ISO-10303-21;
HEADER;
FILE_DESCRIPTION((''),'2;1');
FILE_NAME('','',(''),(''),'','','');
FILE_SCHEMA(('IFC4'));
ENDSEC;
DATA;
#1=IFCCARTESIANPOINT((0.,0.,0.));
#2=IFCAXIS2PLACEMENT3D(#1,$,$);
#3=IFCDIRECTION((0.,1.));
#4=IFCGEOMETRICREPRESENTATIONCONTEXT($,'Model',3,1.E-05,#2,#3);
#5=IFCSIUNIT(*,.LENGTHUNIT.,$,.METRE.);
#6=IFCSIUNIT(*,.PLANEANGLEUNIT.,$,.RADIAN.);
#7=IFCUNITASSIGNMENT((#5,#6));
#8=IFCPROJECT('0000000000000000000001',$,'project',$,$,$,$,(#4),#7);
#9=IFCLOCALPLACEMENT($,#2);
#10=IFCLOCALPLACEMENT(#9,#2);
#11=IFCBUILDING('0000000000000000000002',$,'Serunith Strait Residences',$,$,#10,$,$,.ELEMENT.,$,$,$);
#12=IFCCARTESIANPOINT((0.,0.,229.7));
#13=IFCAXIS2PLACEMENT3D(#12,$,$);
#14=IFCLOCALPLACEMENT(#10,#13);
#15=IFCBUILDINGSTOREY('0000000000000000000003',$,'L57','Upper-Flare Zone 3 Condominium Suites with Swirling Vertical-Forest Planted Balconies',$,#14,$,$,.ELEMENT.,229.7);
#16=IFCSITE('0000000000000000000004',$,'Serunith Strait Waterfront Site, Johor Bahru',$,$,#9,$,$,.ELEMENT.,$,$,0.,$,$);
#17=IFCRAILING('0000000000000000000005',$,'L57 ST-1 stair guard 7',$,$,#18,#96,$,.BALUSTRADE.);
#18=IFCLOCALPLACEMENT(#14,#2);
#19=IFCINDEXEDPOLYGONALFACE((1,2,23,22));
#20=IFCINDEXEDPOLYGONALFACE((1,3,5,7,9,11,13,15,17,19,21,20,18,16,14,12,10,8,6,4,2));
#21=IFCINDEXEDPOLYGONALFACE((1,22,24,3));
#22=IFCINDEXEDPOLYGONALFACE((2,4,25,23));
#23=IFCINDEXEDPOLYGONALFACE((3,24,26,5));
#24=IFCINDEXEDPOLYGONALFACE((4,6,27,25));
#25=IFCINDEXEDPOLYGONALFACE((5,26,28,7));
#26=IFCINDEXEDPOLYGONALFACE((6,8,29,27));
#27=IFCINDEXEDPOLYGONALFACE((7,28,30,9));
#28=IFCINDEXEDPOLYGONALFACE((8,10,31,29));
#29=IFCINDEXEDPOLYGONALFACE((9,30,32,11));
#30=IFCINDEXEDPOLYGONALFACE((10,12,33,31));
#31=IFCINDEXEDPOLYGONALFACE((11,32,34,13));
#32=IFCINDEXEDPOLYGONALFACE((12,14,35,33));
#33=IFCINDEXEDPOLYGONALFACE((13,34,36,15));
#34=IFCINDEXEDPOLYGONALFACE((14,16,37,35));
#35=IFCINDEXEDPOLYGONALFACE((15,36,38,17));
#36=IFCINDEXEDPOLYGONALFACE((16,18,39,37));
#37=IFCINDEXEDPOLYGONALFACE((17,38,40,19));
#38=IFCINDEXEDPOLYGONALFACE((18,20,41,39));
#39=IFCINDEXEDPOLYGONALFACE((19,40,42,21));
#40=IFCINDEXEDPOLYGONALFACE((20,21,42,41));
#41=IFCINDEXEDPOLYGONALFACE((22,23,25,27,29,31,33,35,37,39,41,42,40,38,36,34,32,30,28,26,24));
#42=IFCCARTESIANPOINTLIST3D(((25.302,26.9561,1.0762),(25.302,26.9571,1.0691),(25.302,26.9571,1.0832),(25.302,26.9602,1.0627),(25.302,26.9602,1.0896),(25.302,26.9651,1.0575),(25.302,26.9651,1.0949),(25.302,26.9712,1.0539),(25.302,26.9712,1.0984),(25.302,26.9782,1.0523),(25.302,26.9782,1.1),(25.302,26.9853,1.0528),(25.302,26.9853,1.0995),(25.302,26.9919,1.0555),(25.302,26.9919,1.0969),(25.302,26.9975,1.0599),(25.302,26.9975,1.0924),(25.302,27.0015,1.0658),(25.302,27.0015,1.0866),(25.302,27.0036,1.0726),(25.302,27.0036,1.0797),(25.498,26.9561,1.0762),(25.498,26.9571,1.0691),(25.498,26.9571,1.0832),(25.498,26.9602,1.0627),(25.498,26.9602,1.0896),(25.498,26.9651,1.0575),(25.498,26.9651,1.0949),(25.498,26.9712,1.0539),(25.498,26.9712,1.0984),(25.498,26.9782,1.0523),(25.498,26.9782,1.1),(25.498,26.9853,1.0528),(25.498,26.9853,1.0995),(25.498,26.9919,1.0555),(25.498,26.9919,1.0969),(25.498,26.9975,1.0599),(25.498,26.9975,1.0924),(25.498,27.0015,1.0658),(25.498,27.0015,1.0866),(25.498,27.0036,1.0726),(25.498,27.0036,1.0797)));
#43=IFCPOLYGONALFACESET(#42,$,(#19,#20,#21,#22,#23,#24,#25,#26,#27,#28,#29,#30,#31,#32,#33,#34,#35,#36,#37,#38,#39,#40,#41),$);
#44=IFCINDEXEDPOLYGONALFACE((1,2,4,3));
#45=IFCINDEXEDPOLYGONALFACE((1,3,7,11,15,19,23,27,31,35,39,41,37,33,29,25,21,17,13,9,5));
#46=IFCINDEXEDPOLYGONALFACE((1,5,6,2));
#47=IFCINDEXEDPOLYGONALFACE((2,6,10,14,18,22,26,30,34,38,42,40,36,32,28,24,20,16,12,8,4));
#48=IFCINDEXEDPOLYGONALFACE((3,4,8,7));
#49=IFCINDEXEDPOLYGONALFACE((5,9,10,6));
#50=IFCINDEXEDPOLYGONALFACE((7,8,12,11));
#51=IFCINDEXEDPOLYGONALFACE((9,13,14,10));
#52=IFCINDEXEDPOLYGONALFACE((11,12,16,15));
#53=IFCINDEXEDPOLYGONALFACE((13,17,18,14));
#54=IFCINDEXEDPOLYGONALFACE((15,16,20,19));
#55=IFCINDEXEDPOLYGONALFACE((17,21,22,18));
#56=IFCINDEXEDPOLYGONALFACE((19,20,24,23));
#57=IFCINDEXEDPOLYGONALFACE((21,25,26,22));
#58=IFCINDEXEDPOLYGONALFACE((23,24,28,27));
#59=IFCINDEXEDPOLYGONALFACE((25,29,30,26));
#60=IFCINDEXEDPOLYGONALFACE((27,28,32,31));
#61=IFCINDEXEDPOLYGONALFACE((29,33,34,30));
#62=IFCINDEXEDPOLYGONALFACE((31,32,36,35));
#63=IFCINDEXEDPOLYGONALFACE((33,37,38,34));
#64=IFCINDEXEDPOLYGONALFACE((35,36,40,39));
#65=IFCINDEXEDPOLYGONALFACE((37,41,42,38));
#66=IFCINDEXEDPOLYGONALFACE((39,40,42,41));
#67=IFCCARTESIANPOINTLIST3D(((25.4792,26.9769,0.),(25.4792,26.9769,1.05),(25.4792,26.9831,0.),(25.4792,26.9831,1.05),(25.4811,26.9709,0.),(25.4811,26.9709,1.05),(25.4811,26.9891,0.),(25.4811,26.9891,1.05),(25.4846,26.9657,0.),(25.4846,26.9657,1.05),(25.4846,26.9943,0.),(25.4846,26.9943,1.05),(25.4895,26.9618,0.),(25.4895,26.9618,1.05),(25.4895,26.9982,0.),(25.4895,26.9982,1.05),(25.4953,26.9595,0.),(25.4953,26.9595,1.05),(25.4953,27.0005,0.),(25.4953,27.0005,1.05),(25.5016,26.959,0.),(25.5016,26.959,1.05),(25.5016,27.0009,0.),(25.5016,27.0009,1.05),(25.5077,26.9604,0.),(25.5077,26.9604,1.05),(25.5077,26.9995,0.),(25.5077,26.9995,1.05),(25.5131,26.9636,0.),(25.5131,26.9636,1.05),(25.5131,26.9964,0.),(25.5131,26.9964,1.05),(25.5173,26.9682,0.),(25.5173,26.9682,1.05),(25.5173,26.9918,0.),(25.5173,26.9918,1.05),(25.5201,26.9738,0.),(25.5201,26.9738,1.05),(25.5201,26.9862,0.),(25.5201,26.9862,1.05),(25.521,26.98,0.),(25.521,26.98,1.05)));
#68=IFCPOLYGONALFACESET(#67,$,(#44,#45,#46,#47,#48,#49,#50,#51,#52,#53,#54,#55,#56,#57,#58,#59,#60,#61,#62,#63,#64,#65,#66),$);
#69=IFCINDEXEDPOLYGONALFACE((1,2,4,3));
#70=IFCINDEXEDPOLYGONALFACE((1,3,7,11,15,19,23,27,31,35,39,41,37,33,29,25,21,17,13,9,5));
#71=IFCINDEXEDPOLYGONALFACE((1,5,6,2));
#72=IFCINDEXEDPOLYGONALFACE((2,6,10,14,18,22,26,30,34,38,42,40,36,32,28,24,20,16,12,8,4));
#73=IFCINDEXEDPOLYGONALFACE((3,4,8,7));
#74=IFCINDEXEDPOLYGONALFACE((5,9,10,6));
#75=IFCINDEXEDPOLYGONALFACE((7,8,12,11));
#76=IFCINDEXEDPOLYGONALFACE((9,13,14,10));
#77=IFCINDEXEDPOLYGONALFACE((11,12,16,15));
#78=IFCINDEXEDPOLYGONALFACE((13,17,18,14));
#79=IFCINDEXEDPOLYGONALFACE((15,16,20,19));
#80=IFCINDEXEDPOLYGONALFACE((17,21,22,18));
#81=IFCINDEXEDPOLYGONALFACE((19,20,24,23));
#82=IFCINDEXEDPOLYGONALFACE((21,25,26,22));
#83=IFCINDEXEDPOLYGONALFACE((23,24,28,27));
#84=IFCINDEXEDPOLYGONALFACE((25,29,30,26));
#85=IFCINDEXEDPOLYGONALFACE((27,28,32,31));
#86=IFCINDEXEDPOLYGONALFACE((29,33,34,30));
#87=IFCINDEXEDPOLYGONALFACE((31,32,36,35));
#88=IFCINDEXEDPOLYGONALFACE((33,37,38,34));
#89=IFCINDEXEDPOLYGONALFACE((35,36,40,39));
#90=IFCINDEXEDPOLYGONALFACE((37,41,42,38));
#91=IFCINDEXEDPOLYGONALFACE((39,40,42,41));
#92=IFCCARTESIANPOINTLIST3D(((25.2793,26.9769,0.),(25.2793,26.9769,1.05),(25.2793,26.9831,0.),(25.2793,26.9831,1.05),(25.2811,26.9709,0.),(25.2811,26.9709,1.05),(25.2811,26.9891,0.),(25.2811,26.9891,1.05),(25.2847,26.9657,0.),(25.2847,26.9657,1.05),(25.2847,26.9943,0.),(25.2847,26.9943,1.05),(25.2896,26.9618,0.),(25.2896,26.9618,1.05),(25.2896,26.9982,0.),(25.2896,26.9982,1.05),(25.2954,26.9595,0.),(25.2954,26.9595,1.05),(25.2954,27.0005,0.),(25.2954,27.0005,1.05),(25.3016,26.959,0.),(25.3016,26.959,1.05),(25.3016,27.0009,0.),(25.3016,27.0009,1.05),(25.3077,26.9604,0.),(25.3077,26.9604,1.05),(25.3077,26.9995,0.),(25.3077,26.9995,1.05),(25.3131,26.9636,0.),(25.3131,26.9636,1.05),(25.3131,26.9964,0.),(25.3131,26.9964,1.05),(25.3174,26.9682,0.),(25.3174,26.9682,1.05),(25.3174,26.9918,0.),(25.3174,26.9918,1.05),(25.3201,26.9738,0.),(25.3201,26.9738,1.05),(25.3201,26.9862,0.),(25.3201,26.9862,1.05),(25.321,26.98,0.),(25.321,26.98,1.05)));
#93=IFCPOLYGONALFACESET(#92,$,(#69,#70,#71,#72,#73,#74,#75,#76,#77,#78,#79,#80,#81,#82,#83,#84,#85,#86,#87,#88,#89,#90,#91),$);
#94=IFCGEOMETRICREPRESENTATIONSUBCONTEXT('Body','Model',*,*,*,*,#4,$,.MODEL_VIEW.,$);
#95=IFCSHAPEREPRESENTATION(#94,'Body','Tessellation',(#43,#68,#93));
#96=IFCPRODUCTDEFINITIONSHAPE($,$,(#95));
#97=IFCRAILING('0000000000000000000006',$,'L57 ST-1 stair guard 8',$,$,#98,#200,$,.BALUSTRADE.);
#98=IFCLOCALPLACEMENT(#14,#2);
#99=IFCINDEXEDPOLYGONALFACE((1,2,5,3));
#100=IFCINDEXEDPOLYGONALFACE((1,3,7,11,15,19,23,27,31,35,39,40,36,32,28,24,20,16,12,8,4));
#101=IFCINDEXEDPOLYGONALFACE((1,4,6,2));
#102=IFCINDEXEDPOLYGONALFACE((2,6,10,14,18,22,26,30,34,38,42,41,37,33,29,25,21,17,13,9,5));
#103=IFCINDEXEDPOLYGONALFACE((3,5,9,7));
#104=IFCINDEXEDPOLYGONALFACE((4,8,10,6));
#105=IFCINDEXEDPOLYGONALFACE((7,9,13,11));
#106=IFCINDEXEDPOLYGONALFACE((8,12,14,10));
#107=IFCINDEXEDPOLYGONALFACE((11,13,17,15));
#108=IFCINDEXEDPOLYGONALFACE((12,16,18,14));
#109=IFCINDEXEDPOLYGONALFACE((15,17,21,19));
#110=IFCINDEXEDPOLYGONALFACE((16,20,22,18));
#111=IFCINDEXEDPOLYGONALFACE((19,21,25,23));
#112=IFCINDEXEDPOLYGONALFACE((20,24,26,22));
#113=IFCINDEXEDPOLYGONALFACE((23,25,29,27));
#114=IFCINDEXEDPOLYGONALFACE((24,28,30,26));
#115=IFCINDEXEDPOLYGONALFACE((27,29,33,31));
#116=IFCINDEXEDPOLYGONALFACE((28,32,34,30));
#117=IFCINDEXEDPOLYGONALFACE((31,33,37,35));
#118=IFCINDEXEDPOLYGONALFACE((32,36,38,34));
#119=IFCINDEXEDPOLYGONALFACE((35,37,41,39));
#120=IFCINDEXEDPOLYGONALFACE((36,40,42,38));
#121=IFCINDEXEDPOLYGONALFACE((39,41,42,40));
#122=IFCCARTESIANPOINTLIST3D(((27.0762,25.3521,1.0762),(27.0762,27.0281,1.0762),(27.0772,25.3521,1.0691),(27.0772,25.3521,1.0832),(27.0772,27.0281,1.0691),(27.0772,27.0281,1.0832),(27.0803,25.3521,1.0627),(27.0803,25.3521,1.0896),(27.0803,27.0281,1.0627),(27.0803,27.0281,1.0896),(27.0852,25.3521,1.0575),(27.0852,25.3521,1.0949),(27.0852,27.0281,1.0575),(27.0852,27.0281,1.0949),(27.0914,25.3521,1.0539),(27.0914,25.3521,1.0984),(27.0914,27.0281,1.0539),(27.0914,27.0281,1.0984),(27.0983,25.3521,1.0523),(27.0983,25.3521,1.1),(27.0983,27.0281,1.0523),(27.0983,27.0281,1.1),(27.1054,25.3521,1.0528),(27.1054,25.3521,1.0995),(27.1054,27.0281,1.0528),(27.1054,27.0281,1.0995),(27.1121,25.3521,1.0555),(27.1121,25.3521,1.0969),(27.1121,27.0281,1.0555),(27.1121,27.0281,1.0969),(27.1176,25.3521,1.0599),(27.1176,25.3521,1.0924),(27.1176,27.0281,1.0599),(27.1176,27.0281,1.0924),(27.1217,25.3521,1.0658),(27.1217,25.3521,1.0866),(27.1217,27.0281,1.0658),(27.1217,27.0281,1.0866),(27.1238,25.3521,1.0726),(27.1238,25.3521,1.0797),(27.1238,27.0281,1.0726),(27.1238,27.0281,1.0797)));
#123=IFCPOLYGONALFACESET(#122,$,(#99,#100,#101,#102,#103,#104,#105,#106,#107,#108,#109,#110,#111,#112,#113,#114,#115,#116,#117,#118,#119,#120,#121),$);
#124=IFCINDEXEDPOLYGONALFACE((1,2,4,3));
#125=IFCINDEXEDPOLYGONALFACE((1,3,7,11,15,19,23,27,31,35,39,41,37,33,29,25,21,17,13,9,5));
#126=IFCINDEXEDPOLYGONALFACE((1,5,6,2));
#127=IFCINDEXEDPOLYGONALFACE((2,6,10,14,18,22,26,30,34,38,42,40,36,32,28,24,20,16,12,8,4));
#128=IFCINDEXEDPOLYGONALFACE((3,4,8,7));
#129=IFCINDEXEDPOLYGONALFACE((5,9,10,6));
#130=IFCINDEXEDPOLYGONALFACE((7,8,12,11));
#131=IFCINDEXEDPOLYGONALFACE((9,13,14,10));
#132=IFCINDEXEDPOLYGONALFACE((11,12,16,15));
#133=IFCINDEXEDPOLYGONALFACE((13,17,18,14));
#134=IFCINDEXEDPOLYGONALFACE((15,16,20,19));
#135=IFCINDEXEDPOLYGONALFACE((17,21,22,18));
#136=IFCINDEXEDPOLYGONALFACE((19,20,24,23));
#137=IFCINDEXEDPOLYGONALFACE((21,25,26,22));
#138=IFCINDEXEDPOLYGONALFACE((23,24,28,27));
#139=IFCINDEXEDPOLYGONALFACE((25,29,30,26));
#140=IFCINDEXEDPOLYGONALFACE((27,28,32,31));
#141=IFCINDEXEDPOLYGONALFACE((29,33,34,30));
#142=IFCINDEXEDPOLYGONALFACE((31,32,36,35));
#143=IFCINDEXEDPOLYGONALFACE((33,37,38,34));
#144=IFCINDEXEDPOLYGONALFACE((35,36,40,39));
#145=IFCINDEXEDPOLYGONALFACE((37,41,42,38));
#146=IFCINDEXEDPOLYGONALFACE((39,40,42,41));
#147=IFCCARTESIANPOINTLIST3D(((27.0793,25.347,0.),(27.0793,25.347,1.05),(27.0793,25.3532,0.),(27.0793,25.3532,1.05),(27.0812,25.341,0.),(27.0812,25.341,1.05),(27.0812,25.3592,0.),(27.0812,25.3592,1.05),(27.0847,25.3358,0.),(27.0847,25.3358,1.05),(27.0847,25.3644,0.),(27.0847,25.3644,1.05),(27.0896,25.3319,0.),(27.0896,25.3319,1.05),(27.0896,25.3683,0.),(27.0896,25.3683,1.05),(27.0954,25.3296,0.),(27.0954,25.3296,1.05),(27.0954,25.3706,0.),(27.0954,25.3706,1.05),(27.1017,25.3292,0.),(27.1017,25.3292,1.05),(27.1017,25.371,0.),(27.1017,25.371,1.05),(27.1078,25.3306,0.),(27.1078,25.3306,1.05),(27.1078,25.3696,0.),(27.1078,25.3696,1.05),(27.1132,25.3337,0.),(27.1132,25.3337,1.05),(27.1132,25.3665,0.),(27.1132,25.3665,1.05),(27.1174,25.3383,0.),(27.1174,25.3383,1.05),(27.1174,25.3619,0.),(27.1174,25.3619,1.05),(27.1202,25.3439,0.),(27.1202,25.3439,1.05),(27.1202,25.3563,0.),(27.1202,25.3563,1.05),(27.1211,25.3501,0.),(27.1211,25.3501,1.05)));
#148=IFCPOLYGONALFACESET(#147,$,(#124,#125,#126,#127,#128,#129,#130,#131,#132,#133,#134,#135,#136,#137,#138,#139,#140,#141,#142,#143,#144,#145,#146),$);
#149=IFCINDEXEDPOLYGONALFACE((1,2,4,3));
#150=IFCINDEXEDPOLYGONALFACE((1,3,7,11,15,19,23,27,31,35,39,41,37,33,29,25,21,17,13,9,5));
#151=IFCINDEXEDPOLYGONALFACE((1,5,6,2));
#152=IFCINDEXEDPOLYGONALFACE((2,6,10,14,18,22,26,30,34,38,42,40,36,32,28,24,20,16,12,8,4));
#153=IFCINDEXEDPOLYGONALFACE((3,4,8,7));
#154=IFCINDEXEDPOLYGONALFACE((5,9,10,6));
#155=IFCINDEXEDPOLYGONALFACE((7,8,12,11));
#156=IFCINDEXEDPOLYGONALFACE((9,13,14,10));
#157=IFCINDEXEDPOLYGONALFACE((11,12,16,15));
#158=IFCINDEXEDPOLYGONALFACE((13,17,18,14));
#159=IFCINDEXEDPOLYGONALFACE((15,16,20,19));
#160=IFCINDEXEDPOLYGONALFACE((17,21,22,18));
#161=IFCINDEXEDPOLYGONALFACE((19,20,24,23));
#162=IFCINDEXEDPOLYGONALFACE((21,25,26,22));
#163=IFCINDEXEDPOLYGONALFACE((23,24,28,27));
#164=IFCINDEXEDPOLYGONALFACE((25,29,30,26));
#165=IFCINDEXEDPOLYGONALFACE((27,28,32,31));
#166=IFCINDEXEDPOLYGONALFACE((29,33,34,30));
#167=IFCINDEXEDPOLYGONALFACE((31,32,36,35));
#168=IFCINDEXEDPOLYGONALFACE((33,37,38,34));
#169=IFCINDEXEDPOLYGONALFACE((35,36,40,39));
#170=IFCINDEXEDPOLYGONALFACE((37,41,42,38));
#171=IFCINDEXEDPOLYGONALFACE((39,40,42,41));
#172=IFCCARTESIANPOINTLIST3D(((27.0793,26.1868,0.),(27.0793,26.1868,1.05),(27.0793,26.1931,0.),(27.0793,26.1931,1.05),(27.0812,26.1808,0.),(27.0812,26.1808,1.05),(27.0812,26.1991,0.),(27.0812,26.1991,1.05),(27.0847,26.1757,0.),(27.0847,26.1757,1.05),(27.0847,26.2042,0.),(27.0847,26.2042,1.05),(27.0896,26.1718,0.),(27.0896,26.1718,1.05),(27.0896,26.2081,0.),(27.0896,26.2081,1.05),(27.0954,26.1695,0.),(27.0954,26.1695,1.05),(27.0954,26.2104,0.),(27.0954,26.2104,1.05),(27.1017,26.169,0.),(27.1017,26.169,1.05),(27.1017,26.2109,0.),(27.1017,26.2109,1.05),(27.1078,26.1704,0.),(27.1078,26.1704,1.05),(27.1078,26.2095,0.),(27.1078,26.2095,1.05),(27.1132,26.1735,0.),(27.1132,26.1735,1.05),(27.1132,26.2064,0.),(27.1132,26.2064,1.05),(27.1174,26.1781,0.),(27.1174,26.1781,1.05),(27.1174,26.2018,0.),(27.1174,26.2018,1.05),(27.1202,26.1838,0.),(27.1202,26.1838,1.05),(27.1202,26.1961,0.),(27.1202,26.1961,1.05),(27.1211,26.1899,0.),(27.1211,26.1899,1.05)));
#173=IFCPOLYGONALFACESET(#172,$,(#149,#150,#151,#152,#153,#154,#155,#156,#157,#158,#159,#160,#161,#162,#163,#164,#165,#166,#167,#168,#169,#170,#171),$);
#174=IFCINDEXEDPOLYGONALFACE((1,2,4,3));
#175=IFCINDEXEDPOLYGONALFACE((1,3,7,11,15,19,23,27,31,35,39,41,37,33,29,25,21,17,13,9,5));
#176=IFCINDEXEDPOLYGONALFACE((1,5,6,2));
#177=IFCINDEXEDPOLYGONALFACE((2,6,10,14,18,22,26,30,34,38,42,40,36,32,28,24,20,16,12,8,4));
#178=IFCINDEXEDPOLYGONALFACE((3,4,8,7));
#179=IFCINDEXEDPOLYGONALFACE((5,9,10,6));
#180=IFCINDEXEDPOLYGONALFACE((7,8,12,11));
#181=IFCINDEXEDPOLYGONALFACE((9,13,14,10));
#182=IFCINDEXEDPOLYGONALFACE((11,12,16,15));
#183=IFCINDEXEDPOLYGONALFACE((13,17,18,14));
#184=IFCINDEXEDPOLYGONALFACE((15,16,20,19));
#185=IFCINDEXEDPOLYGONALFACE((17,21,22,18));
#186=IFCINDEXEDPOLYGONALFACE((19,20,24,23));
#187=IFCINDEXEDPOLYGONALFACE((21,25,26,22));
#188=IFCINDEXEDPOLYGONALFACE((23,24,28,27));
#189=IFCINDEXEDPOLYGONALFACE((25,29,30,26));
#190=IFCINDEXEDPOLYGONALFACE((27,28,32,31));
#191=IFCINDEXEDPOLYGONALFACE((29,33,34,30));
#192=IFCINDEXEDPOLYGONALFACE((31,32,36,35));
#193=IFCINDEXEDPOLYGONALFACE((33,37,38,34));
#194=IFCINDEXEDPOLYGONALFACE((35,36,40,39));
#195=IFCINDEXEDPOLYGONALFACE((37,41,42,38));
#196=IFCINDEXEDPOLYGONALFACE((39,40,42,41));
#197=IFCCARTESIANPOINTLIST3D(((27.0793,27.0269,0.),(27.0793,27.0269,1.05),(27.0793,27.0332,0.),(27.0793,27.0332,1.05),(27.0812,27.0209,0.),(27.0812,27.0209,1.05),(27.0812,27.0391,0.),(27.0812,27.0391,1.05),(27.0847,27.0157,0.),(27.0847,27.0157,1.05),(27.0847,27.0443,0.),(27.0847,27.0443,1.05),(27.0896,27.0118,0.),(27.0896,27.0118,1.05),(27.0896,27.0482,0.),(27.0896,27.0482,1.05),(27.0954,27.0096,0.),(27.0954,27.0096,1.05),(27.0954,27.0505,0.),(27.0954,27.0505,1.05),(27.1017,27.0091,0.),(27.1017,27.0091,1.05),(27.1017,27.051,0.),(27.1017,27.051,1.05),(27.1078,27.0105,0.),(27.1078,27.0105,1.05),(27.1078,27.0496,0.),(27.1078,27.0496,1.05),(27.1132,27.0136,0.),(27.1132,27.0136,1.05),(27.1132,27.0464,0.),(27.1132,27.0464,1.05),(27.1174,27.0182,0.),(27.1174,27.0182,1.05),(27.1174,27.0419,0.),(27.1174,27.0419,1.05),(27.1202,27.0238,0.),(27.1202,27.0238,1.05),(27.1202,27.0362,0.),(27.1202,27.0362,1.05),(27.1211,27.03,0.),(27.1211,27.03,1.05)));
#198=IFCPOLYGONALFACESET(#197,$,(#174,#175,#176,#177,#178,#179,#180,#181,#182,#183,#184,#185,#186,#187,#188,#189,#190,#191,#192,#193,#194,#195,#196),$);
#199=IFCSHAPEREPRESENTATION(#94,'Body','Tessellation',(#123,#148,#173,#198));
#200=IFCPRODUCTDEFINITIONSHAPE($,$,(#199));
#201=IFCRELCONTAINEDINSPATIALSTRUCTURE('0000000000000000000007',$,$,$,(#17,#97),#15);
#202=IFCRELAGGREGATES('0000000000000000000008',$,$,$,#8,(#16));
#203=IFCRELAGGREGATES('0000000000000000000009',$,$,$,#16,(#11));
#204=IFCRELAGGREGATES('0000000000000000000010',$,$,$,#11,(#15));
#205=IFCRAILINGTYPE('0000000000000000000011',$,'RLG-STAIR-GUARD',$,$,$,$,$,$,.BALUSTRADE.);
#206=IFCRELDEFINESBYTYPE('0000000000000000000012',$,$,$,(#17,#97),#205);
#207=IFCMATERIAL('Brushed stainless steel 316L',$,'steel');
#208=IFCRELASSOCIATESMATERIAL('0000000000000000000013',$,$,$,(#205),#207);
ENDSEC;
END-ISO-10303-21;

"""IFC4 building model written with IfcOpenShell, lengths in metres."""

from ifc_helpers import new_model, si_unit, direction, frame, origin, origin_2d, place, context, subcontext, project, spatial, circle, extrude, material, type_object, element, save


model = new_model("IFC4")

# Units and contexts
model_context = context("Model", 3, precision=1e-05, world=origin(), true_north=direction((0.0, 1.0)))
body_context = subcontext(model_context, "Body", "Model", "MODEL_VIEW")
ifc_project = project(units=[si_unit("LENGTHUNIT", "METRE"), si_unit("PLANEANGLEUNIT", "RADIAN")], contexts=[model_context])

# Site, building, storey
site_placement = place(None, origin())
site = spatial("IfcSite", under=ifc_project, at=site_placement, Name="Serunith Strait Waterfront Site, Johor Bahru", CompositionType="ELEMENT", RefElevation=0.0)
building_placement = place(site_placement, origin())
building = spatial("IfcBuilding", under=site, at=building_placement, Name="Serunith Strait Residences", CompositionType="ELEMENT")
storey_placement = place(building_placement, frame((0.0, 0.0, 229.7)))
storey = spatial("IfcBuildingStorey", under=building, at=storey_placement, Name="L57", Description="Upper-Flare Zone 3 Condominium Suites with Swirling Vertical-Forest Planted Balconies", CompositionType="ELEMENT", Elevation=229.7)

# Railings
ifc_material_1 = material(Name="Brushed stainless steel 316L", Category="steel")
railing_type_1 = type_object("IfcRailingType", Name="RLG-STAIR-GUARD", PredefinedType="BALUSTRADE", material=ifc_material_1)
railing_1_placement = place(storey_placement, frame((25.5, 26.98, 0.0)))
element("IfcRailing", 1, at=railing_1_placement, inside=storey, type_object=railing_type_1, Name="L57 ST-1 stair guard 7", PredefinedType="BALUSTRADE", context=body_context, shape_type="SweptSolid", body=[
    extrude(circle(Radius=0.0239, at=origin_2d()), frame((-0.002, 0.0, 1.0762), z_axis=(-1.0, 0.0, 0.0), x_axis=(0.0, -1.0, 0.0)), (0.0, 0.0, 1.0), 0.196),
    extrude(circle(Radius=0.021, at=origin_2d()), origin(), (0.0, 0.0, 1.0), 1.05),
    extrude(circle(Radius=0.021, at=origin_2d()), frame((-0.2, 0.0, 0.0)), (0.0, 0.0, 1.0), 1.05),
])
railing_2_placement = place(storey_placement, frame((27.1001, 25.3501, 0.0)))
element("IfcRailing", 2, at=railing_2_placement, inside=storey, type_object=railing_type_1, Name="L57 ST-1 stair guard 8", PredefinedType="BALUSTRADE", context=body_context, shape_type="SweptSolid", body=[
    extrude(circle(Radius=0.0239, at=origin_2d()), frame((0.0, 0.002, 1.0762), z_axis=(0.0, 1.0, 0.0), x_axis=(-1.0, 0.0, 0.0)), (0.0, 0.0, 1.0), 1.676),
    extrude(circle(Radius=0.021, at=origin_2d()), origin(), (0.0, 0.0, 1.0), 1.05),
    extrude(circle(Radius=0.021, at=origin_2d()), frame((0.0, 0.8398, 0.0)), (0.0, 0.0, 1.0), 1.05),
    extrude(circle(Radius=0.021, at=origin_2d()), frame((0.0, 1.6799, 0.0)), (0.0, 0.0, 1.0), 1.05),
])

save(model, "model.ifc")
